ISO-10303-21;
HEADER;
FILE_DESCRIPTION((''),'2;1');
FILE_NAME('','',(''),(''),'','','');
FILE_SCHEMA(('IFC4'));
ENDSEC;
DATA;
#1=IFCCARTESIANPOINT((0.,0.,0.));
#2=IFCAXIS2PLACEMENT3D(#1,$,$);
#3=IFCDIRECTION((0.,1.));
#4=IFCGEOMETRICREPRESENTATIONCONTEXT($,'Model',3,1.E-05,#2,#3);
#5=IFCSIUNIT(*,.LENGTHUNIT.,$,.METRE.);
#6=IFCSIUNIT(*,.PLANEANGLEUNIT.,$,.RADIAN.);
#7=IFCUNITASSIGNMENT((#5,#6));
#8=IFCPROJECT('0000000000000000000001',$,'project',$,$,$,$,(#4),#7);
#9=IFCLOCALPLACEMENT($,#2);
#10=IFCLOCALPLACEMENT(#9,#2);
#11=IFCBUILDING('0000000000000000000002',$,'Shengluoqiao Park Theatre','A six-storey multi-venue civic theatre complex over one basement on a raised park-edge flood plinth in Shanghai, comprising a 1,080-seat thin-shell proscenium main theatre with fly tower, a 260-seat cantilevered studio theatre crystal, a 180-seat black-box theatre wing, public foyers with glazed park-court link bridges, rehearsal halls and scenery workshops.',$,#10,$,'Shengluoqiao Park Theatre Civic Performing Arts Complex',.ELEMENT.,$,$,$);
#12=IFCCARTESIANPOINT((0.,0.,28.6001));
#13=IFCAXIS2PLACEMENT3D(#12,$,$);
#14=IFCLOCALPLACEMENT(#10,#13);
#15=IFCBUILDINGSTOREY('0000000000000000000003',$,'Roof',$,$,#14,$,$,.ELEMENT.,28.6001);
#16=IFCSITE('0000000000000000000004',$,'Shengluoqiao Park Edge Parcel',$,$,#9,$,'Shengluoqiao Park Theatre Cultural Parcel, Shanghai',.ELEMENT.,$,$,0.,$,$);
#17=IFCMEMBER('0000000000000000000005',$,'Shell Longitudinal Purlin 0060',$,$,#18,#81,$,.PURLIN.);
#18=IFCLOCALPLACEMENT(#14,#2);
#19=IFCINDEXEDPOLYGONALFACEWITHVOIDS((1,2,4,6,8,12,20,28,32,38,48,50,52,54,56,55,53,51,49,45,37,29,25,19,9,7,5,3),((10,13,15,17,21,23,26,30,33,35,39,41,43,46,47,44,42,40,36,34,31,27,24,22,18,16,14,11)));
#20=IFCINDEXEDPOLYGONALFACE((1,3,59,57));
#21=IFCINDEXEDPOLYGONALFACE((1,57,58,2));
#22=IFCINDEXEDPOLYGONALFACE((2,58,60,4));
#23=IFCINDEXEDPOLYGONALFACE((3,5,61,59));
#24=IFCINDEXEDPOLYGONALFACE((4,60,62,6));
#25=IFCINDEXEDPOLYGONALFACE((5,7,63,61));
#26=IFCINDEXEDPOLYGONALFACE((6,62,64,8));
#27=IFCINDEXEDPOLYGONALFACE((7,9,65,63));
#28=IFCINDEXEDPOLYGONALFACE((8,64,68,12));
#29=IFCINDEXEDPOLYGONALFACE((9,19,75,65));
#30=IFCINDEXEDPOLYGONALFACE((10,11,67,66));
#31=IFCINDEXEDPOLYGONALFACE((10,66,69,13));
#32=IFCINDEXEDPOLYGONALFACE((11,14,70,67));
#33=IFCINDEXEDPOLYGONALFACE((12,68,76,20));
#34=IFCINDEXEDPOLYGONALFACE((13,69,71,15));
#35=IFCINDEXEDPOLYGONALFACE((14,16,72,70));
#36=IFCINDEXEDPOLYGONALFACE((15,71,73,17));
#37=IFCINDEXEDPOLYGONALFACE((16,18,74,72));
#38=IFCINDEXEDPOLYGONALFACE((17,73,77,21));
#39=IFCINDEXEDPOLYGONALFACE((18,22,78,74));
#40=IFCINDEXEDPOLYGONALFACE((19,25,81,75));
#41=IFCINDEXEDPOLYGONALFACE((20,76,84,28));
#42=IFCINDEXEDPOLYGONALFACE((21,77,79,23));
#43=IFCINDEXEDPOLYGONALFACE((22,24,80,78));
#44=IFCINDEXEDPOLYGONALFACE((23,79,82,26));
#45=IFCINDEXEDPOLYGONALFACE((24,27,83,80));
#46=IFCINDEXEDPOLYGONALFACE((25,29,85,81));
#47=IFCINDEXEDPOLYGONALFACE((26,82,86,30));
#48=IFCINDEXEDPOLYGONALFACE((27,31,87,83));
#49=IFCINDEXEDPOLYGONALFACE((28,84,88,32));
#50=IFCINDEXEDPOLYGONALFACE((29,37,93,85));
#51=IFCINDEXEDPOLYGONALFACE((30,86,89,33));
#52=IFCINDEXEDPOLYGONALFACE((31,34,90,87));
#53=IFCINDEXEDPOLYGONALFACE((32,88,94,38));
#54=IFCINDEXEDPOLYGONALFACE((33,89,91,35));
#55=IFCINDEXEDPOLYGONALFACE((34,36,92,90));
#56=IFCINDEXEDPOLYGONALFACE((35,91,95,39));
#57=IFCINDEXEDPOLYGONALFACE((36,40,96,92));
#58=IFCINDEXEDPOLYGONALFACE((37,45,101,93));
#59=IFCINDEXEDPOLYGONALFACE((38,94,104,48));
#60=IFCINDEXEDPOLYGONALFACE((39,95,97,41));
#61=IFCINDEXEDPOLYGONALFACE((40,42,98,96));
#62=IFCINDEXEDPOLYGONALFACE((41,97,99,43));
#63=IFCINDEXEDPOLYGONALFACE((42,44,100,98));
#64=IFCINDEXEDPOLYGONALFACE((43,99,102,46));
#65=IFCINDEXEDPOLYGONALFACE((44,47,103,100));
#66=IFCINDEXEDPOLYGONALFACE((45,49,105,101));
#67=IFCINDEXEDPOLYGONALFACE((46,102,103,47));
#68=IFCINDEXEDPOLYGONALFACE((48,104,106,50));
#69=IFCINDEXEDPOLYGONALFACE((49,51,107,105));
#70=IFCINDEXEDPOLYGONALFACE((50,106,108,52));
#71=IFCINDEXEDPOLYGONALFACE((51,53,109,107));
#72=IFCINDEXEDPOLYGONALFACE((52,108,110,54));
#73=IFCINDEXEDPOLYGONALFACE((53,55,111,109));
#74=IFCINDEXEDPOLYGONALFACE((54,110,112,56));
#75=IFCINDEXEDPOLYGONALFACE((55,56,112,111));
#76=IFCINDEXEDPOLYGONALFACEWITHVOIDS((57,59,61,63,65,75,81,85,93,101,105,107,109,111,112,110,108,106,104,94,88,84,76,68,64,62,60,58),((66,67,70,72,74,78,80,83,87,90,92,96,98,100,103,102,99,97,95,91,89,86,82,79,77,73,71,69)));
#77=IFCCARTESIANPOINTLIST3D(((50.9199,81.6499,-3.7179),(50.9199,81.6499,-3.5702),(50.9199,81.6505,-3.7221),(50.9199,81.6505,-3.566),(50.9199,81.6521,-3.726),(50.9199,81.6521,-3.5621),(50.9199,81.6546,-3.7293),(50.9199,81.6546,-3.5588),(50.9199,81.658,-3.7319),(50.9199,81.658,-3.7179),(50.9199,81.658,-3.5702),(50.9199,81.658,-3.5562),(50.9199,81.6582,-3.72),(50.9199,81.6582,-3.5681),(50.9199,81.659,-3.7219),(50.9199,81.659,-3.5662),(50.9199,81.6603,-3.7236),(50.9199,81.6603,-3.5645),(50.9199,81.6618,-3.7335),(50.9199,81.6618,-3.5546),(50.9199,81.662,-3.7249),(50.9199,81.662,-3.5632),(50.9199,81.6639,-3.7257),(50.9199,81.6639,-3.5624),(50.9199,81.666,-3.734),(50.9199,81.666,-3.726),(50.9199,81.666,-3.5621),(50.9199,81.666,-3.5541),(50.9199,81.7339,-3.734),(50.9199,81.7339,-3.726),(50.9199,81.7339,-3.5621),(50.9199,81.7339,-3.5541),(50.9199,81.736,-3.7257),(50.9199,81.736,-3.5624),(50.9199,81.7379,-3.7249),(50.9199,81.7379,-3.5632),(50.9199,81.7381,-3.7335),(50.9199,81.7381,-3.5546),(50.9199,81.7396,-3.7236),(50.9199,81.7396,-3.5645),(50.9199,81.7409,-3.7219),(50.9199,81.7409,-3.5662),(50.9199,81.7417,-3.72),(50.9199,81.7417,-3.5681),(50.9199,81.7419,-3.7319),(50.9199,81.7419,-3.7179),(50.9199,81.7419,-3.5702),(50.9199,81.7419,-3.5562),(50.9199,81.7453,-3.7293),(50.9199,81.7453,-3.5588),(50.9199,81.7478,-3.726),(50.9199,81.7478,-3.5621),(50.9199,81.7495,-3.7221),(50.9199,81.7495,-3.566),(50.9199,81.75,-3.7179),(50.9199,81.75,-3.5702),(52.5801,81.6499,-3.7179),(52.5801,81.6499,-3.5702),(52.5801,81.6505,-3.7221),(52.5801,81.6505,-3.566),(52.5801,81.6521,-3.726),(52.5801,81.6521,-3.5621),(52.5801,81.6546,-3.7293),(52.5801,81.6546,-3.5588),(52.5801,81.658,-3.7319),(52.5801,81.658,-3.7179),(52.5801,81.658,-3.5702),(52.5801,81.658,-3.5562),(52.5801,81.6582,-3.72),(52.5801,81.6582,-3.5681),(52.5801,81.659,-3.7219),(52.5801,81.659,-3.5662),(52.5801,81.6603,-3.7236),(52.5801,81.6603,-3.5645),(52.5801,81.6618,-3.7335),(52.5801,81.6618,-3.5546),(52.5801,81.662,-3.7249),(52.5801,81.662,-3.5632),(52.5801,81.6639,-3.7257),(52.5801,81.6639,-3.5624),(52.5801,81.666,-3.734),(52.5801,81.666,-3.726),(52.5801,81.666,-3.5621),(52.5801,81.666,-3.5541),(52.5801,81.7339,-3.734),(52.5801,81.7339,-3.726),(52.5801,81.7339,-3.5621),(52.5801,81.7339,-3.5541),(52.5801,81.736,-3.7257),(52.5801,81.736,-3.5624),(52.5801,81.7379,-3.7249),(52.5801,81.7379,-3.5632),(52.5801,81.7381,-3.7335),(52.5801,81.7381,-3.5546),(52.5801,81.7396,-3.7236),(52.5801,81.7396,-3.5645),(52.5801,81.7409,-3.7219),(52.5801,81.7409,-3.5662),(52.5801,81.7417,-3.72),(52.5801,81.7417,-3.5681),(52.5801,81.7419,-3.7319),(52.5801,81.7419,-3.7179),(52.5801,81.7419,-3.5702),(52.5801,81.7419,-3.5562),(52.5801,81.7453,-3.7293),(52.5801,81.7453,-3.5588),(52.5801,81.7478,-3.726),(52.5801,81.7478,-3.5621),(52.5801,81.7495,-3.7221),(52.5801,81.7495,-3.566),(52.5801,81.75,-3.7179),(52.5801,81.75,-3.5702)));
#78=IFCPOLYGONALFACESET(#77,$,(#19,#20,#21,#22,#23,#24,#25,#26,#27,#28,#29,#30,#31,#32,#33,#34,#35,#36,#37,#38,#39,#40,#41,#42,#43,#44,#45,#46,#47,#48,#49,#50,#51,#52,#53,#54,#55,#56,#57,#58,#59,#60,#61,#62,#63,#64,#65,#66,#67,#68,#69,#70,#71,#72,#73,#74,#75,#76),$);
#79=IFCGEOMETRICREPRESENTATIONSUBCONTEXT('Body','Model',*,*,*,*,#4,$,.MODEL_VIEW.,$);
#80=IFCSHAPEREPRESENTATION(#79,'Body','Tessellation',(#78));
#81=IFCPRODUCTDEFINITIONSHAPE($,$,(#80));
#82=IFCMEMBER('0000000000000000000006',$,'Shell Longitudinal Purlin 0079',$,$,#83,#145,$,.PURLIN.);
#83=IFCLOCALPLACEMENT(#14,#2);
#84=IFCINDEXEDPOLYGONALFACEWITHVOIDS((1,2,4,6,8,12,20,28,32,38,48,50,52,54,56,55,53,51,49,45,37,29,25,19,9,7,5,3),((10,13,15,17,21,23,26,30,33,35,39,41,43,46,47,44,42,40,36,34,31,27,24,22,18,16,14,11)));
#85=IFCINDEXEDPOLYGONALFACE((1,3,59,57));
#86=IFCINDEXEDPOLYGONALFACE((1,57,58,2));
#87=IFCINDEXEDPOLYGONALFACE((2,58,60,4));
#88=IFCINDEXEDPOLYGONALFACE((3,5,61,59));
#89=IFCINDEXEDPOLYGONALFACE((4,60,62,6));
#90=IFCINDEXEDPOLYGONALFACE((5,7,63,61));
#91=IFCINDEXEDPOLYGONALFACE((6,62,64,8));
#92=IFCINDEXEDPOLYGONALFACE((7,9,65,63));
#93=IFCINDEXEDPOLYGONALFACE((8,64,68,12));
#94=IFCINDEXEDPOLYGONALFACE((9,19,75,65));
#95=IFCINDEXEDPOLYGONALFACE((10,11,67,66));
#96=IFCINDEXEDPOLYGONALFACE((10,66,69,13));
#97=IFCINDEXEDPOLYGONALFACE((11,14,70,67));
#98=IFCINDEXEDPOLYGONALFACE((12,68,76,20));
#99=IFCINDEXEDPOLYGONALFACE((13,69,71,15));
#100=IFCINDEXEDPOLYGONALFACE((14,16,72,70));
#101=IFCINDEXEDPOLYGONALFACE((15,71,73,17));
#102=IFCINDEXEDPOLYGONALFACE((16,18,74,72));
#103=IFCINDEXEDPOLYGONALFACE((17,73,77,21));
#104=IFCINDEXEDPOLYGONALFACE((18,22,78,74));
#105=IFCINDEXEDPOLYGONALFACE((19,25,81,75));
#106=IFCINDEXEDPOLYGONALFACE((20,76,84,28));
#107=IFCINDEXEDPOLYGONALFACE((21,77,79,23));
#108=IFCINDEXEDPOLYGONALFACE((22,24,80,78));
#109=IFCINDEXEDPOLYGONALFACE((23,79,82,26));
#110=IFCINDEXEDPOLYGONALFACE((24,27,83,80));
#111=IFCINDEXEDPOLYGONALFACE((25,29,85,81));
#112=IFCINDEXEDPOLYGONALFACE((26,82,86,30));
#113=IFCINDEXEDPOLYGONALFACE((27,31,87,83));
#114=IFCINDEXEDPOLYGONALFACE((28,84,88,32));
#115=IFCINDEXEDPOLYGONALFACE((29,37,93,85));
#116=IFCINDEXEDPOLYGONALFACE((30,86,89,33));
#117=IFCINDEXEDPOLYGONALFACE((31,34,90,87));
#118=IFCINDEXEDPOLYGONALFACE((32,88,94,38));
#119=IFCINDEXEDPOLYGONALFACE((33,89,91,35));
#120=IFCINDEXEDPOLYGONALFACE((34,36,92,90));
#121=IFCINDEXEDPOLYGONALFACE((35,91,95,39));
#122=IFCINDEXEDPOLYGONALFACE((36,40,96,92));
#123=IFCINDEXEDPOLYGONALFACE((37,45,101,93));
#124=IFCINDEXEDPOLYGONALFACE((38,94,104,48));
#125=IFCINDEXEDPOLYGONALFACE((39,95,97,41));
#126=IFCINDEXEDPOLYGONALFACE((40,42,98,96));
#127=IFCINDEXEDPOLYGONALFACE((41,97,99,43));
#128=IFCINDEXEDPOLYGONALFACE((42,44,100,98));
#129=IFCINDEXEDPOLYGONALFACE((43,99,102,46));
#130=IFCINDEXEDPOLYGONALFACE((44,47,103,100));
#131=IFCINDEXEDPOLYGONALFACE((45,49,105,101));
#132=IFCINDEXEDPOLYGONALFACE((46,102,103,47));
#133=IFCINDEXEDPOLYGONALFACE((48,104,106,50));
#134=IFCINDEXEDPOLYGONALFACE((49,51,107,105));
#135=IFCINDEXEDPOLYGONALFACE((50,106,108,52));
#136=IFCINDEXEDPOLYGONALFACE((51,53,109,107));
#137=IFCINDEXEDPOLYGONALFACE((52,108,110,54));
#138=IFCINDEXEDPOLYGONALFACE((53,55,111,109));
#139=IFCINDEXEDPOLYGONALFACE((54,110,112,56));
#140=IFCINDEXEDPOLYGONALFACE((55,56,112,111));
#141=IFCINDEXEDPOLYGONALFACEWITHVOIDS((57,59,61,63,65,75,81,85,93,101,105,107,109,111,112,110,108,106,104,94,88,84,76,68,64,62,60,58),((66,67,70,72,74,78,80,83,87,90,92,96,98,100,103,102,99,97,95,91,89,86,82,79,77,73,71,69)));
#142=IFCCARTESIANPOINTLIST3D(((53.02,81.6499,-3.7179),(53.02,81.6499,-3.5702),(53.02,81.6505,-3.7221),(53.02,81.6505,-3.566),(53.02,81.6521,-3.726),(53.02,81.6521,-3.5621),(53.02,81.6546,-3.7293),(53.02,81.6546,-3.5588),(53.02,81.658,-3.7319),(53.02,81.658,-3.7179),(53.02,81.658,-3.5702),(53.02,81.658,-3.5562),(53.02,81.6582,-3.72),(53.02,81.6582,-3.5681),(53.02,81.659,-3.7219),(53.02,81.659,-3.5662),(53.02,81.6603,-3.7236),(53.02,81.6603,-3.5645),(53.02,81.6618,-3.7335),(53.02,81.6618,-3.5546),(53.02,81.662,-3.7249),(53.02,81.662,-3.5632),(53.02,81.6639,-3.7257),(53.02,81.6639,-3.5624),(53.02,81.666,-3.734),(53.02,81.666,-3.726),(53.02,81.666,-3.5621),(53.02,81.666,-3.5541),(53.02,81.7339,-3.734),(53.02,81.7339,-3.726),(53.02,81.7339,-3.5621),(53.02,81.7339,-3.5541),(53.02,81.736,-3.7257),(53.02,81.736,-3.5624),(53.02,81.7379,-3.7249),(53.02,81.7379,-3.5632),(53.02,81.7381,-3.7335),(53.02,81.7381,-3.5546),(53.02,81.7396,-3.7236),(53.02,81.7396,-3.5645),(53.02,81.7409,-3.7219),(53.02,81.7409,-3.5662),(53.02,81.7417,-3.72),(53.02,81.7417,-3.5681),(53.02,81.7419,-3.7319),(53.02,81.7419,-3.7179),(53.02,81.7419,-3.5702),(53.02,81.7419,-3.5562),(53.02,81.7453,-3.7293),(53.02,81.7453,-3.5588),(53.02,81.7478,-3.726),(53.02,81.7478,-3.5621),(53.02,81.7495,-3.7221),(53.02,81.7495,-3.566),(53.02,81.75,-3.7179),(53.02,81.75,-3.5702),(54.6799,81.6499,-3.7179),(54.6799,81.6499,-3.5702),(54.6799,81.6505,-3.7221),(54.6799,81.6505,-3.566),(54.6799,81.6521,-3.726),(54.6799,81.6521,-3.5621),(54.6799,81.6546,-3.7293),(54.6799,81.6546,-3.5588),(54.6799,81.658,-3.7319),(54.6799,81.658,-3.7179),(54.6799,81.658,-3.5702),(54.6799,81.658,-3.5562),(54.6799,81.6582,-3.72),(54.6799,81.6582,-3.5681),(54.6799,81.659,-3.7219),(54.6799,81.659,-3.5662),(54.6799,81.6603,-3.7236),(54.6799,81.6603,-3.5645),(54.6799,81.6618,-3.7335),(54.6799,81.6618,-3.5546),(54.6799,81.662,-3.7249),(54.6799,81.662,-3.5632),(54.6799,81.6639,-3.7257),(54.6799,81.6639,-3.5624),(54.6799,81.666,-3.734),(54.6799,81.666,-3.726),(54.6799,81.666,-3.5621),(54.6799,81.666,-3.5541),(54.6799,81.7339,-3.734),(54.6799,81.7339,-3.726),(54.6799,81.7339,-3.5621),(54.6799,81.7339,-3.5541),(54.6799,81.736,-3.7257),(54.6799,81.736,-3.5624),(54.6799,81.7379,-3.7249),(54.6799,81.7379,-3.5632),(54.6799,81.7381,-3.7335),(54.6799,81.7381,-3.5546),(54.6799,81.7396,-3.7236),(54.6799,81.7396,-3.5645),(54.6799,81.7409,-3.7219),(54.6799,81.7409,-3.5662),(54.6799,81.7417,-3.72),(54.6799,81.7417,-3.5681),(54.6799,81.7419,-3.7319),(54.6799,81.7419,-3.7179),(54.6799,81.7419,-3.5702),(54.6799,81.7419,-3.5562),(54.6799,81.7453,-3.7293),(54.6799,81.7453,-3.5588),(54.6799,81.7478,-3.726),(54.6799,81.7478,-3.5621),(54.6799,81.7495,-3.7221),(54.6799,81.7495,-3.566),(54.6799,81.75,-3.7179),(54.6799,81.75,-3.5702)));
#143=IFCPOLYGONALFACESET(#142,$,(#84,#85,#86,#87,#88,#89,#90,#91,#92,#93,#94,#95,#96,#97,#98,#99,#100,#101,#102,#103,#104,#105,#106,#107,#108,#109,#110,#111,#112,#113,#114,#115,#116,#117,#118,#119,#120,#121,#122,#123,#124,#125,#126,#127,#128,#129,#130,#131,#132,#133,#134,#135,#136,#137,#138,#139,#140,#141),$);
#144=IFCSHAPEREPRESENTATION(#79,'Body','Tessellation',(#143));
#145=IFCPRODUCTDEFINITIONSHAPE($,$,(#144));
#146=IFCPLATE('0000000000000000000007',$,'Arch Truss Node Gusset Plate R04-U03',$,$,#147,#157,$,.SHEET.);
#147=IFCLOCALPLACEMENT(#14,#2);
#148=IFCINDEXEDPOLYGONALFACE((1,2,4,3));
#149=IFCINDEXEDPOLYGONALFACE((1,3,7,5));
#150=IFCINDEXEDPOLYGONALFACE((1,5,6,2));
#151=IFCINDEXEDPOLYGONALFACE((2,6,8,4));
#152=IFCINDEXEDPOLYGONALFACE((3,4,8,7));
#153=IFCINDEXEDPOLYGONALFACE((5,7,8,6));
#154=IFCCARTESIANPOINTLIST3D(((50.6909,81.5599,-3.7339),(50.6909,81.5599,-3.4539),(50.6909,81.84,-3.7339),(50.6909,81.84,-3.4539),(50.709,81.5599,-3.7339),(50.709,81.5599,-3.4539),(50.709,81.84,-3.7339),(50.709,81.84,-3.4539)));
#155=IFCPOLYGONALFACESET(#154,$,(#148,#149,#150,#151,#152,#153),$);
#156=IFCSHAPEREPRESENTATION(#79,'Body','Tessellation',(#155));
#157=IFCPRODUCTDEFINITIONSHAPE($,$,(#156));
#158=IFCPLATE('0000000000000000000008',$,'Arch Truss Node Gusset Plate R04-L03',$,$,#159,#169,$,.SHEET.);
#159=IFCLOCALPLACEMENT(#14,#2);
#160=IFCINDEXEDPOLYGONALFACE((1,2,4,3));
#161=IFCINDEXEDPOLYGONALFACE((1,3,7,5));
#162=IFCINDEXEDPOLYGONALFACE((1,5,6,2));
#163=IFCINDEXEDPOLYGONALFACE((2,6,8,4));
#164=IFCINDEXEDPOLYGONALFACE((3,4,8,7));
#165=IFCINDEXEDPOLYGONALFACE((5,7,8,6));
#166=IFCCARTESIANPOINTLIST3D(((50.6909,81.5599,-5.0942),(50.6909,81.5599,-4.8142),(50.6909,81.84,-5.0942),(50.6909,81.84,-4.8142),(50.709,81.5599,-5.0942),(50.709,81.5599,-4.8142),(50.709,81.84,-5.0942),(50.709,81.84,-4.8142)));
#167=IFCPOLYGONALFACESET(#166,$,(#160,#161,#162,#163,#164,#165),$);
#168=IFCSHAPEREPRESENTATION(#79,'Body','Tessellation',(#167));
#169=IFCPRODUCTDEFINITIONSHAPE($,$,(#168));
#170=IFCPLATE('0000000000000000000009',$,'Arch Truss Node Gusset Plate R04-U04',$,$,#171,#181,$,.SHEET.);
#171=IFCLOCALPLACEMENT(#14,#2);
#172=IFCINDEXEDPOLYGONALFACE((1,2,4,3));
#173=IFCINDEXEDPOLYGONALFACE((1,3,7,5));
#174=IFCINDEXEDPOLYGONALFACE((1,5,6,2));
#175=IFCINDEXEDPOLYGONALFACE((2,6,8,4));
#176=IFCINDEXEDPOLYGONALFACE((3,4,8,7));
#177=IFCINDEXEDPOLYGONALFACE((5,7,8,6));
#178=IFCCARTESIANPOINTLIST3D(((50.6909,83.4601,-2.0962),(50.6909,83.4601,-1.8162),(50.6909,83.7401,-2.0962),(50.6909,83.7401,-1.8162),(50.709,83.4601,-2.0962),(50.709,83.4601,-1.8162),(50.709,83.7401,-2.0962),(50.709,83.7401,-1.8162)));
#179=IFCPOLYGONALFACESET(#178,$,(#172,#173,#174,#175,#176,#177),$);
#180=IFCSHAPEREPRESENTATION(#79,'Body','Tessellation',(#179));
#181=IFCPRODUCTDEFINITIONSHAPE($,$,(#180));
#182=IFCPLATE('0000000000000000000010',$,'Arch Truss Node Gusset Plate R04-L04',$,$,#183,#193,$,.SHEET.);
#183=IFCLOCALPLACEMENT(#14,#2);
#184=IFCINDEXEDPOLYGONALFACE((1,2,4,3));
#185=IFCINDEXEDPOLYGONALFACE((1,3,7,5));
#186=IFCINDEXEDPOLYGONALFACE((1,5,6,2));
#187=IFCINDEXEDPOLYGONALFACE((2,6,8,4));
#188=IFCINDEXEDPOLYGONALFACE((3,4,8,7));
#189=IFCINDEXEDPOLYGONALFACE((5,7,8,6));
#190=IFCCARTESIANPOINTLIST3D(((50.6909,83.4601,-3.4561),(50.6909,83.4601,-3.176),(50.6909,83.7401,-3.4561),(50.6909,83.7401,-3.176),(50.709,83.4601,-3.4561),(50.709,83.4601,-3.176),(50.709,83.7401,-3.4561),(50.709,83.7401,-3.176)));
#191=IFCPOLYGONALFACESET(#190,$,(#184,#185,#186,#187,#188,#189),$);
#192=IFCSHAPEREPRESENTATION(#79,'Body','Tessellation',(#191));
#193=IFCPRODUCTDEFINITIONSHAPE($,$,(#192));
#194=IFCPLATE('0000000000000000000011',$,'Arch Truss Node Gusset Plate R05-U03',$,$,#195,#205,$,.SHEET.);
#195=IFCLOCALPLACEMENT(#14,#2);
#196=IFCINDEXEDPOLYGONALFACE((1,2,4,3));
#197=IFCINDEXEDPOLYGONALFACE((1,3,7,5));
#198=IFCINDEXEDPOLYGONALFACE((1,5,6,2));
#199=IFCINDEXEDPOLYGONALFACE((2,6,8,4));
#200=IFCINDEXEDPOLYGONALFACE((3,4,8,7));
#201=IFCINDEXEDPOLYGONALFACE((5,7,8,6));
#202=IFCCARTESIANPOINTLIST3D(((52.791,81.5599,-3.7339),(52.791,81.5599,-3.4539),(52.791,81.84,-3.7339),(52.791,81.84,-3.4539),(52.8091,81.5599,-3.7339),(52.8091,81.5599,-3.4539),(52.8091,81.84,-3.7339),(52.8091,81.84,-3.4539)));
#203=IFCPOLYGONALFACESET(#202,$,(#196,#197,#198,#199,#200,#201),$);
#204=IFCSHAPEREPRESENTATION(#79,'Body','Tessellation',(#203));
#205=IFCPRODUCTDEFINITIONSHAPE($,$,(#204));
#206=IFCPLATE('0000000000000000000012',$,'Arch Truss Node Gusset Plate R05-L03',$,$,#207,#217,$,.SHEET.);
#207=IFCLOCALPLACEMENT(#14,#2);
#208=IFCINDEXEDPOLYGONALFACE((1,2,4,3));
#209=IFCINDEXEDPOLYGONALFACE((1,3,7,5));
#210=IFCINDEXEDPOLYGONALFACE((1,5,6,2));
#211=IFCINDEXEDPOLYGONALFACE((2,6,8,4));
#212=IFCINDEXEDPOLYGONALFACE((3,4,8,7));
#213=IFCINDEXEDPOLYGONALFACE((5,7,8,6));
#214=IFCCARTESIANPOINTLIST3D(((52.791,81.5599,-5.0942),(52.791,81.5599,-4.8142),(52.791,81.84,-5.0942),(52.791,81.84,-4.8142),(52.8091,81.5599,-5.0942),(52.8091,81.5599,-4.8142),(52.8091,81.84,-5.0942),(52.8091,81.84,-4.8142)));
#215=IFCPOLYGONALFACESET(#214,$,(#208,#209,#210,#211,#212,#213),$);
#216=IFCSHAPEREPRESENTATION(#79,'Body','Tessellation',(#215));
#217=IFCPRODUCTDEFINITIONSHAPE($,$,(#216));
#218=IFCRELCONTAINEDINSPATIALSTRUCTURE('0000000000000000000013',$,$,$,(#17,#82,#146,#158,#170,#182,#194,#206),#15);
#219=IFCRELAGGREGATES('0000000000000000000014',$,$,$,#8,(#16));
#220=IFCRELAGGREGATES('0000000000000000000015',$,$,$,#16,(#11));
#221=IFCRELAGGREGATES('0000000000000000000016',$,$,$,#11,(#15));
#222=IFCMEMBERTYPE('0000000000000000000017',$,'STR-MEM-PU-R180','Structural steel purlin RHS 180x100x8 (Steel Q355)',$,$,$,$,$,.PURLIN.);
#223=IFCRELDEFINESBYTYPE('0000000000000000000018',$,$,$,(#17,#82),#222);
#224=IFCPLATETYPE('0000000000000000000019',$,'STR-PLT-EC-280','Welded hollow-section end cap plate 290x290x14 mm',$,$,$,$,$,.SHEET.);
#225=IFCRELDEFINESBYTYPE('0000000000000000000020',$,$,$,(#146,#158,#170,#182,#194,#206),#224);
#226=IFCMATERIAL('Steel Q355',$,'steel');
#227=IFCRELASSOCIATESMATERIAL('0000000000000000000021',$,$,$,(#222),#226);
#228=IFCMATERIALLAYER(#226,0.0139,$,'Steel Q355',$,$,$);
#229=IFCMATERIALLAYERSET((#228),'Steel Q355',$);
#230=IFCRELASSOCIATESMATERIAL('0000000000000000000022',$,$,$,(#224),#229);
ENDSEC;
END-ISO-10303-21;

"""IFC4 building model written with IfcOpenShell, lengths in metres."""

from ifc_helpers import new_model, si_unit, direction, frame, origin, origin_2d, place, context, subcontext, project, spatial, rectangle, hollow_rectangle, extrude, material, layer, layer_set, material_profile, profile_set, type_object, element, save


model = new_model("IFC4")

# Units and contexts
model_context = context("Model", 3, precision=1e-05, world=origin(), true_north=direction((0.0, 1.0)))
body_context = subcontext(model_context, "Body", "Model", "MODEL_VIEW")
ifc_project = project(units=[si_unit("LENGTHUNIT", "METRE"), si_unit("PLANEANGLEUNIT", "RADIAN")], contexts=[model_context])

# Site, building, storey
site_placement = place(None, origin())
site = spatial("IfcSite", under=ifc_project, at=site_placement, Name="Shengluoqiao Park Edge Parcel", LongName="Shengluoqiao Park Theatre Cultural Parcel, Shanghai", CompositionType="ELEMENT", RefElevation=0.0)
building_placement = place(site_placement, origin())
building = spatial("IfcBuilding", under=site, at=building_placement, Name="Shengluoqiao Park Theatre", Description="A six-storey multi-venue civic theatre complex over one basement on a raised park-edge flood plinth in Shanghai, comprising a 1,080-seat thin-shell proscenium main theatre with fly tower, a 260-seat cantilevered studio theatre crystal, a 180-seat black-box theatre wing, public foyers with glazed park-court link bridges, rehearsal halls and scenery workshops.", LongName="Shengluoqiao Park Theatre Civic Performing Arts Complex", CompositionType="ELEMENT")
storey_placement = place(building_placement, frame((0.0, 0.0, 28.6001)))
storey = spatial("IfcBuildingStorey", under=building, at=storey_placement, Name="Roof", CompositionType="ELEMENT", Elevation=28.6001)

# Shared definitions
ifc_material_1 = material(Name="Steel Q355", Category="steel")

# Members
ifc_material_profile_1 = material_profile(ifc_material_1, hollow_rectangle(XDim=0.1001, YDim=0.1799, WallThickness=0.0081, InnerFilletRadius=0.0081, OuterFilletRadius=0.0161, at=origin_2d()), Name="RHS 180x100x8")
ifc_profile_set_1 = profile_set([ifc_material_profile_1], Name="Steel Q355")
member_type_1 = type_object("IfcMemberType", Name="STR-MEM-PU-R180", Description="Structural steel purlin RHS 180x100x8 (Steel Q355)", PredefinedType="PURLIN", material=ifc_profile_set_1)
member_1_placement = place(storey_placement, frame((50.9199, 81.7, -3.644), z_axis=(1.0, 0.0, 0.0), x_axis=(0.0, 1.0, 0.0)))
element("IfcMember", 1, at=member_1_placement, inside=storey, type_object=member_type_1, Name="Shell Longitudinal Purlin 0060", PredefinedType="PURLIN", context=body_context, shape_type="SweptSolid", body=[
    extrude(hollow_rectangle(XDim=0.1001, YDim=0.1799, WallThickness=0.0081, InnerFilletRadius=0.0081, OuterFilletRadius=0.0161, at=origin_2d()), origin(), (0.0, 0.0, 1.0), 1.6602),
])
member_2_placement = place(storey_placement, frame((53.02, 81.7, -3.644), z_axis=(1.0, 0.0, 0.0), x_axis=(0.0, 1.0, 0.0)))
element("IfcMember", 2, at=member_2_placement, inside=storey, type_object=member_type_1, Name="Shell Longitudinal Purlin 0079", PredefinedType="PURLIN", context=body_context, shape_type="SweptSolid", body=[
    extrude(hollow_rectangle(XDim=0.1001, YDim=0.1799, WallThickness=0.0081, InnerFilletRadius=0.0081, OuterFilletRadius=0.0161, at=origin_2d()), origin(), (0.0, 0.0, 1.0), 1.6599),
])

# Plates
ifc_layer_1 = layer(ifc_material_1, 0.0139, Name="Steel Q355")
ifc_layer_set_1 = layer_set([ifc_layer_1], Name="Steel Q355")
plate_type_1 = type_object("IfcPlateType", Name="STR-PLT-EC-280", Description="Welded hollow-section end cap plate 290x290x14 mm", PredefinedType="SHEET", material=ifc_layer_set_1)
for number, where, z_axis, x_axis, name in (
    (3, (50.7, 81.7, -3.7339), (0.0, 0.0, 1.0), (1.0, 0.0, 0.0), "Arch Truss Node Gusset Plate R04-U03"),
    (4, (50.7, 81.7, -5.0942), (0.0, 0.0, 1.0), (1.0, 0.0, 0.0), "Arch Truss Node Gusset Plate R04-L03"),
    (5, (50.7, 83.6001, -2.0962), (0.0, 0.0, 1.0), (1.0, 0.0, 0.0), "Arch Truss Node Gusset Plate R04-U04"),
    (6, (50.7, 83.6001, -3.4561), (0.0, 0.0, 1.0), (1.0, 0.0, 0.0), "Arch Truss Node Gusset Plate R04-L04"),
    (7, (52.8, 81.7, -3.7339), (0.0, 0.0, 1.0), (1.0, 0.0, 0.0), "Arch Truss Node Gusset Plate R05-U03"),
    (8, (52.8, 81.7, -5.0942), (0.0, 0.0, 1.0), (1.0, 0.0, 0.0), "Arch Truss Node Gusset Plate R05-L03"),
):
    element("IfcPlate", number, at=place(storey_placement, frame(where, z_axis=z_axis, x_axis=x_axis)), inside=storey, type_object=plate_type_1, Name=name, PredefinedType="SHEET", context=body_context, shape_type="SweptSolid", body=[
        extrude(rectangle(XDim=0.0181, YDim=0.28, at=origin_2d()), origin(), (0.0, 0.0, 1.0), 0.28),
    ])

save(model, "model.ifc")
